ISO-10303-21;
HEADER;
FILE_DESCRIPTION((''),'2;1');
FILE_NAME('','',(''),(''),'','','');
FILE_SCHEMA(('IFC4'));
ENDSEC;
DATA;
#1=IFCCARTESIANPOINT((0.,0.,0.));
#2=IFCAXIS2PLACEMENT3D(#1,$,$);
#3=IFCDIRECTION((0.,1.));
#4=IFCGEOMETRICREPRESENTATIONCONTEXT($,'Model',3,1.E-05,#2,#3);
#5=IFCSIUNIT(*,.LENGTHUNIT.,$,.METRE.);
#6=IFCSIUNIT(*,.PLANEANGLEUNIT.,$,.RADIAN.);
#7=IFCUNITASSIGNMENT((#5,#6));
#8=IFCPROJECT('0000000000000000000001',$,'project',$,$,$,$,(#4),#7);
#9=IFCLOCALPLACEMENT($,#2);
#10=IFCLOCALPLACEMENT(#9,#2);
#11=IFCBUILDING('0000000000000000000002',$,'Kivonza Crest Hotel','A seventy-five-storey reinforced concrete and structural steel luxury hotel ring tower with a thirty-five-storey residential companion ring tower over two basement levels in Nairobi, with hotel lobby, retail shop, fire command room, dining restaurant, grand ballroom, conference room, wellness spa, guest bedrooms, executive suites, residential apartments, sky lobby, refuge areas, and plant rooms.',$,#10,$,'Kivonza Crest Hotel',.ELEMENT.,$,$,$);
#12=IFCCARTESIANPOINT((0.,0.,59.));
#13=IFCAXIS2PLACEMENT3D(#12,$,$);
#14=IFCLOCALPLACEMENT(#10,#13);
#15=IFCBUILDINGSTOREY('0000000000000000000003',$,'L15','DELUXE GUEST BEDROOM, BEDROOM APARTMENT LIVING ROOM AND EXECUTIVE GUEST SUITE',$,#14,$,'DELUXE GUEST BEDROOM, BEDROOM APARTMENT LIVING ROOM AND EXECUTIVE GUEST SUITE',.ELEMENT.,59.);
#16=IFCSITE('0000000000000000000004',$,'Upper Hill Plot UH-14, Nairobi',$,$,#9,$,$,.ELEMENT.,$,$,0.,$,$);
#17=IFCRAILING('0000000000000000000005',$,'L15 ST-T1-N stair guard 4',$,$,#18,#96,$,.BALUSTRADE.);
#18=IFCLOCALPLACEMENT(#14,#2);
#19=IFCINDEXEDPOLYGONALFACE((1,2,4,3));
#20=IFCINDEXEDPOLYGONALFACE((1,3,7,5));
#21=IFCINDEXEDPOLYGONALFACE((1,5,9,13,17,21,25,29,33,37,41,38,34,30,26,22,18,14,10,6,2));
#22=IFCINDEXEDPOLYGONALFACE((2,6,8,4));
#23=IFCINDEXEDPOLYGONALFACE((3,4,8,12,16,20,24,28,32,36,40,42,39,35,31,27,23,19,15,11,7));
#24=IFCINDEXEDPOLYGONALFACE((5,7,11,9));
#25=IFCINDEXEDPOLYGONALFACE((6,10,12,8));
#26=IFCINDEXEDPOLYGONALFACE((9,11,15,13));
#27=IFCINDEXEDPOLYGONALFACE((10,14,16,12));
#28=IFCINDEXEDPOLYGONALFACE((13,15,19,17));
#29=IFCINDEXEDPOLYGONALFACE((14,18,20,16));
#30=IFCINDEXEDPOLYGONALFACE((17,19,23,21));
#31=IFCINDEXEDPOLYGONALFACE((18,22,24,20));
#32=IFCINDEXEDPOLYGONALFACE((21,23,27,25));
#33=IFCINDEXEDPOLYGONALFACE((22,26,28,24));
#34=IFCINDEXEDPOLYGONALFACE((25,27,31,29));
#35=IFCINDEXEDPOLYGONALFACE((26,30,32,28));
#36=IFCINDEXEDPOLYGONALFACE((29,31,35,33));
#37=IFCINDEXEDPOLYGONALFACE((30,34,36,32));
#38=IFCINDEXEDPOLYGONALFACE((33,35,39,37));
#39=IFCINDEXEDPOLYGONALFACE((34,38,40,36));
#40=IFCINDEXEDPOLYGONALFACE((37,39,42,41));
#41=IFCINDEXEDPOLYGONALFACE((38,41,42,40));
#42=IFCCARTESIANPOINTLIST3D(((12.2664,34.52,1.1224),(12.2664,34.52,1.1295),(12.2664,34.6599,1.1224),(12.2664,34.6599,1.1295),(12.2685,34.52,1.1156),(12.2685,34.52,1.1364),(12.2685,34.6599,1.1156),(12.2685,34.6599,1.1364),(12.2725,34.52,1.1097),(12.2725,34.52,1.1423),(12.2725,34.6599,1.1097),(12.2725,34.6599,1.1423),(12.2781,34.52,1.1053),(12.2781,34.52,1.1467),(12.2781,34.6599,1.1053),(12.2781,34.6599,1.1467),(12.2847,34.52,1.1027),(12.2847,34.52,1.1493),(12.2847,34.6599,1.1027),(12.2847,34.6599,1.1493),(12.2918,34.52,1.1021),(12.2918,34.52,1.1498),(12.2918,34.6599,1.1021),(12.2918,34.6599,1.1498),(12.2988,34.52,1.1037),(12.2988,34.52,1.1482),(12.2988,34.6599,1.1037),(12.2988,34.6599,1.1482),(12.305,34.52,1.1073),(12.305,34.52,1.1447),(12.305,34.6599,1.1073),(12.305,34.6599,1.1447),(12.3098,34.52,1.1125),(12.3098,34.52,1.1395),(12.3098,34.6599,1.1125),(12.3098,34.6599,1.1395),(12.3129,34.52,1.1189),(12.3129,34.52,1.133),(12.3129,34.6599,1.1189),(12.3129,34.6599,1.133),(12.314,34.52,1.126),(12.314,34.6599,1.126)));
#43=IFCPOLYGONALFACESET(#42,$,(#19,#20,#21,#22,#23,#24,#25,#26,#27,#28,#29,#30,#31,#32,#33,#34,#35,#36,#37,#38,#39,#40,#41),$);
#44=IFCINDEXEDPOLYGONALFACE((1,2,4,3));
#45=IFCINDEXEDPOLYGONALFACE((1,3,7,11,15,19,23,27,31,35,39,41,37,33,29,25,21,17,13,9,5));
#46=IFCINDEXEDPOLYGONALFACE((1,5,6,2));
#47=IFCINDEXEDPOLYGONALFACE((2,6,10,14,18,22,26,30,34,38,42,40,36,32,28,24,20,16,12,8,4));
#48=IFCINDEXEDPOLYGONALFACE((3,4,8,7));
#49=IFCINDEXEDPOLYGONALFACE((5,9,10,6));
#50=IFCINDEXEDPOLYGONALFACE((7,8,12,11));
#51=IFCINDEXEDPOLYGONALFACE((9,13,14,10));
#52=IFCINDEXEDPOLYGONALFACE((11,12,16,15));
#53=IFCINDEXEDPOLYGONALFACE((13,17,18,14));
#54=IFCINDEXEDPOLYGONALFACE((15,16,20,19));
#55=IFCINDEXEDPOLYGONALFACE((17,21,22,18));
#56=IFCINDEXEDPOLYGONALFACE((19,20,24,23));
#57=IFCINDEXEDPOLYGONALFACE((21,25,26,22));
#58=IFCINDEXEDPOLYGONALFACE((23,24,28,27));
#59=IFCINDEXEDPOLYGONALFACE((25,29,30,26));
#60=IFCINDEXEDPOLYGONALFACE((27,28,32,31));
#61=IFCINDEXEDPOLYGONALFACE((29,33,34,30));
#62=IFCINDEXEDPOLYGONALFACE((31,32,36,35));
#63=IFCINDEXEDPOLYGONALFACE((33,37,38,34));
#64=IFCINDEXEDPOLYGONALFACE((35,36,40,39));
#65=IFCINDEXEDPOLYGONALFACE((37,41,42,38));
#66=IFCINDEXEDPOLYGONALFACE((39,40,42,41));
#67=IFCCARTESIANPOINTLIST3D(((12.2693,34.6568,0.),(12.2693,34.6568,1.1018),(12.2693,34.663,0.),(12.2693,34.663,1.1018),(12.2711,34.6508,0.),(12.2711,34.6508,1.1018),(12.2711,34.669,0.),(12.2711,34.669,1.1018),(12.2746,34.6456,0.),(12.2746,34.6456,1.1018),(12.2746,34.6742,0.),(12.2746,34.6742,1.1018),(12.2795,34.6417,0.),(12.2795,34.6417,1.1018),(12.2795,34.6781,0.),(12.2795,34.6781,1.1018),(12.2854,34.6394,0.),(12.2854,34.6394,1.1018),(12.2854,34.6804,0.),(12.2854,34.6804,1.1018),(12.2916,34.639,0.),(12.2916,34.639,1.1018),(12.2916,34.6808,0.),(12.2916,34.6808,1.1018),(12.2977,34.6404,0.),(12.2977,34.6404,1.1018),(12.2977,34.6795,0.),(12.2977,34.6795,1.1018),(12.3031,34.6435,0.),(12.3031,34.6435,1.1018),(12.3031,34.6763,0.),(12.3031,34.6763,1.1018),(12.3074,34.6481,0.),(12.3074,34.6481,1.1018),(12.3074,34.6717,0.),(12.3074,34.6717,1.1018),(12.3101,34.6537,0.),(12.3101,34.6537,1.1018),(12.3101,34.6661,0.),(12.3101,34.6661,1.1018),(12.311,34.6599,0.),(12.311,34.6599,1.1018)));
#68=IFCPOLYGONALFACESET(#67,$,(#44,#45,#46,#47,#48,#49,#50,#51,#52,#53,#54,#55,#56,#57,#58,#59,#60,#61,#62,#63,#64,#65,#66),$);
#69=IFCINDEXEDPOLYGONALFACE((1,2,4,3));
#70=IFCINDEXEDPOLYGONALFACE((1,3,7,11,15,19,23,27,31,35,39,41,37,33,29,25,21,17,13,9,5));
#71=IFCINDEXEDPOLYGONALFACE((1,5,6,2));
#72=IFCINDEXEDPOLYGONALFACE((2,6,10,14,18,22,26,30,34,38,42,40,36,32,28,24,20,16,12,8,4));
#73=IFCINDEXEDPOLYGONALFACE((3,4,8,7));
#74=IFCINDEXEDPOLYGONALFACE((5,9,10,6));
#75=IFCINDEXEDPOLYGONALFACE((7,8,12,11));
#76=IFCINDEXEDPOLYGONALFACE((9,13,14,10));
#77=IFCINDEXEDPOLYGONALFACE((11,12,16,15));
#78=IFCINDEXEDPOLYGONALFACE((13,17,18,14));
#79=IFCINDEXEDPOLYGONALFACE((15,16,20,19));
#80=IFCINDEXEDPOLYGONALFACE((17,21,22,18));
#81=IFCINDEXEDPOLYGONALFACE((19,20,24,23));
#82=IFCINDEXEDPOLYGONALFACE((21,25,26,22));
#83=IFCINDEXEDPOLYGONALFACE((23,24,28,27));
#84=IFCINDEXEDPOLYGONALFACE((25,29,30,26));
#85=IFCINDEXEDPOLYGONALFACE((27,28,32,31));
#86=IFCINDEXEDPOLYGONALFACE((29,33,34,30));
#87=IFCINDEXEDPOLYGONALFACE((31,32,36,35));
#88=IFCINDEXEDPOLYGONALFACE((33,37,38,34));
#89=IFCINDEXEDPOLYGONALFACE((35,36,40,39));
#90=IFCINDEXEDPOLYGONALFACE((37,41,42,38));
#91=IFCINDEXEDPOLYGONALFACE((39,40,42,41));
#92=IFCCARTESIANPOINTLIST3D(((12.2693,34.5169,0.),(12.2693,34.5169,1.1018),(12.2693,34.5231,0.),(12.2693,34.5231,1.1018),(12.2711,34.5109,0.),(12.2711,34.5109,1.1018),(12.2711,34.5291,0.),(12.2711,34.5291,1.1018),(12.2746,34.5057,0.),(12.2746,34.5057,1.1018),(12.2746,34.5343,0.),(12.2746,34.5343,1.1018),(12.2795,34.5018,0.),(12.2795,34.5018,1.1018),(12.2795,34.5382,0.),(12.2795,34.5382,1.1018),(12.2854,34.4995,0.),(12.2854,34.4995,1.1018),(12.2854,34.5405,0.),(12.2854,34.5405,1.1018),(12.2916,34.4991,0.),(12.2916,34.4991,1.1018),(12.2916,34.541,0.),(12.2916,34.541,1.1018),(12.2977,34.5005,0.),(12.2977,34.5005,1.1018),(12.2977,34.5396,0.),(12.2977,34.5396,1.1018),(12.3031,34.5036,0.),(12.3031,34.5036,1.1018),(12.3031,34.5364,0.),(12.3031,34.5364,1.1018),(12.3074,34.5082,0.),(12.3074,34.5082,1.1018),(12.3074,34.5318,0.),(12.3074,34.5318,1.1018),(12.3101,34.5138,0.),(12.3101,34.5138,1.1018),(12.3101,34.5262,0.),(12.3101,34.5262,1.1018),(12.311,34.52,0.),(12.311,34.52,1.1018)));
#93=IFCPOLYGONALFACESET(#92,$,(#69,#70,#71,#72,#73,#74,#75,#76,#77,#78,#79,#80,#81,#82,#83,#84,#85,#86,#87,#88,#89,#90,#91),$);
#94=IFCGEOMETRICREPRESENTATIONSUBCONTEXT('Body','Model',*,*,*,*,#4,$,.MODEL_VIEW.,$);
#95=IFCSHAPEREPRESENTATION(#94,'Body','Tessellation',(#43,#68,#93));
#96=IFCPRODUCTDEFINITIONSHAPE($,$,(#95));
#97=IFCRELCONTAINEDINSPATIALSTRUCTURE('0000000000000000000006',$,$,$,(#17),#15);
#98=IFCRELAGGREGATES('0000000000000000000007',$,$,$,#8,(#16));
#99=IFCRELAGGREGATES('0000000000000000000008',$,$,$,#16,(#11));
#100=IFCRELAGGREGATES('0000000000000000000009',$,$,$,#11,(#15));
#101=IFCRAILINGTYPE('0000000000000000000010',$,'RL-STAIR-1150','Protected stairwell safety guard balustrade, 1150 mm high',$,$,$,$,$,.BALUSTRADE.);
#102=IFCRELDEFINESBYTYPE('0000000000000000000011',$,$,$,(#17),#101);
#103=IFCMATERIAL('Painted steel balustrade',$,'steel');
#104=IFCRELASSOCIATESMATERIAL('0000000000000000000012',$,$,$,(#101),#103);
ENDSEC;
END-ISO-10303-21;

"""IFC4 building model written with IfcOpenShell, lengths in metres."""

from ifc_helpers import new_model, si_unit, direction, frame, origin, origin_2d, place, context, subcontext, project, spatial, circle, extrude, material, type_object, element, save


model = new_model("IFC4")

# Units and contexts
model_context = context("Model", 3, precision=1e-05, world=origin(), true_north=direction((0.0, 1.0)))
body_context = subcontext(model_context, "Body", "Model", "MODEL_VIEW")
ifc_project = project(units=[si_unit("LENGTHUNIT", "METRE"), si_unit("PLANEANGLEUNIT", "RADIAN")], contexts=[model_context])

# Site, building, storey
site_placement = place(None, origin())
site = spatial("IfcSite", under=ifc_project, at=site_placement, Name="Upper Hill Plot UH-14, Nairobi", CompositionType="ELEMENT", RefElevation=0.0)
building_placement = place(site_placement, origin())
building = spatial("IfcBuilding", under=site, at=building_placement, Name="Kivonza Crest Hotel", Description="A seventy-five-storey reinforced concrete and structural steel luxury hotel ring tower with a thirty-five-storey residential companion ring tower over two basement levels in Nairobi, with hotel lobby, retail shop, fire command room, dining restaurant, grand ballroom, conference room, wellness spa, guest bedrooms, executive suites, residential apartments, sky lobby, refuge areas, and plant rooms.", LongName="Kivonza Crest Hotel", CompositionType="ELEMENT")
storey_placement = place(building_placement, frame((0.0, 0.0, 59.0)))
storey = spatial("IfcBuildingStorey", under=building, at=storey_placement, Name="L15", Description="DELUXE GUEST BEDROOM, BEDROOM APARTMENT LIVING ROOM AND EXECUTIVE GUEST SUITE", LongName="DELUXE GUEST BEDROOM, BEDROOM APARTMENT LIVING ROOM AND EXECUTIVE GUEST SUITE", CompositionType="ELEMENT", Elevation=59.0)

# Railing
ifc_material_1 = material(Name="Painted steel balustrade", Category="steel")
railing_type_1 = type_object("IfcRailingType", Name="RL-STAIR-1150", Description="Protected stairwell safety guard balustrade, 1150 mm high", PredefinedType="BALUSTRADE", material=ifc_material_1)
railing_1_placement = place(storey_placement, frame((12.29, 34.6599, 0.0)))
element("IfcRailing", 1, at=railing_1_placement, inside=storey, type_object=railing_type_1, Name="L15 ST-T1-N stair guard 4", PredefinedType="BALUSTRADE", context=body_context, shape_type="SweptSolid", body=[
    extrude(circle(Radius=0.0239, at=origin_2d()), frame((0.0, 0.0, 1.126), z_axis=(0.0, -1.0, 0.0), x_axis=(1.0, 0.0, 0.0)), (0.0, 0.0, 1.0), 0.1399),
    extrude(circle(Radius=0.021, at=origin_2d()), origin(), (0.0, 0.0, 1.0), 1.1018),
    extrude(circle(Radius=0.021, at=origin_2d()), frame((0.0, -0.1399, 0.0)), (0.0, 0.0, 1.0), 1.1018),
])

save(model, "model.ifc")
